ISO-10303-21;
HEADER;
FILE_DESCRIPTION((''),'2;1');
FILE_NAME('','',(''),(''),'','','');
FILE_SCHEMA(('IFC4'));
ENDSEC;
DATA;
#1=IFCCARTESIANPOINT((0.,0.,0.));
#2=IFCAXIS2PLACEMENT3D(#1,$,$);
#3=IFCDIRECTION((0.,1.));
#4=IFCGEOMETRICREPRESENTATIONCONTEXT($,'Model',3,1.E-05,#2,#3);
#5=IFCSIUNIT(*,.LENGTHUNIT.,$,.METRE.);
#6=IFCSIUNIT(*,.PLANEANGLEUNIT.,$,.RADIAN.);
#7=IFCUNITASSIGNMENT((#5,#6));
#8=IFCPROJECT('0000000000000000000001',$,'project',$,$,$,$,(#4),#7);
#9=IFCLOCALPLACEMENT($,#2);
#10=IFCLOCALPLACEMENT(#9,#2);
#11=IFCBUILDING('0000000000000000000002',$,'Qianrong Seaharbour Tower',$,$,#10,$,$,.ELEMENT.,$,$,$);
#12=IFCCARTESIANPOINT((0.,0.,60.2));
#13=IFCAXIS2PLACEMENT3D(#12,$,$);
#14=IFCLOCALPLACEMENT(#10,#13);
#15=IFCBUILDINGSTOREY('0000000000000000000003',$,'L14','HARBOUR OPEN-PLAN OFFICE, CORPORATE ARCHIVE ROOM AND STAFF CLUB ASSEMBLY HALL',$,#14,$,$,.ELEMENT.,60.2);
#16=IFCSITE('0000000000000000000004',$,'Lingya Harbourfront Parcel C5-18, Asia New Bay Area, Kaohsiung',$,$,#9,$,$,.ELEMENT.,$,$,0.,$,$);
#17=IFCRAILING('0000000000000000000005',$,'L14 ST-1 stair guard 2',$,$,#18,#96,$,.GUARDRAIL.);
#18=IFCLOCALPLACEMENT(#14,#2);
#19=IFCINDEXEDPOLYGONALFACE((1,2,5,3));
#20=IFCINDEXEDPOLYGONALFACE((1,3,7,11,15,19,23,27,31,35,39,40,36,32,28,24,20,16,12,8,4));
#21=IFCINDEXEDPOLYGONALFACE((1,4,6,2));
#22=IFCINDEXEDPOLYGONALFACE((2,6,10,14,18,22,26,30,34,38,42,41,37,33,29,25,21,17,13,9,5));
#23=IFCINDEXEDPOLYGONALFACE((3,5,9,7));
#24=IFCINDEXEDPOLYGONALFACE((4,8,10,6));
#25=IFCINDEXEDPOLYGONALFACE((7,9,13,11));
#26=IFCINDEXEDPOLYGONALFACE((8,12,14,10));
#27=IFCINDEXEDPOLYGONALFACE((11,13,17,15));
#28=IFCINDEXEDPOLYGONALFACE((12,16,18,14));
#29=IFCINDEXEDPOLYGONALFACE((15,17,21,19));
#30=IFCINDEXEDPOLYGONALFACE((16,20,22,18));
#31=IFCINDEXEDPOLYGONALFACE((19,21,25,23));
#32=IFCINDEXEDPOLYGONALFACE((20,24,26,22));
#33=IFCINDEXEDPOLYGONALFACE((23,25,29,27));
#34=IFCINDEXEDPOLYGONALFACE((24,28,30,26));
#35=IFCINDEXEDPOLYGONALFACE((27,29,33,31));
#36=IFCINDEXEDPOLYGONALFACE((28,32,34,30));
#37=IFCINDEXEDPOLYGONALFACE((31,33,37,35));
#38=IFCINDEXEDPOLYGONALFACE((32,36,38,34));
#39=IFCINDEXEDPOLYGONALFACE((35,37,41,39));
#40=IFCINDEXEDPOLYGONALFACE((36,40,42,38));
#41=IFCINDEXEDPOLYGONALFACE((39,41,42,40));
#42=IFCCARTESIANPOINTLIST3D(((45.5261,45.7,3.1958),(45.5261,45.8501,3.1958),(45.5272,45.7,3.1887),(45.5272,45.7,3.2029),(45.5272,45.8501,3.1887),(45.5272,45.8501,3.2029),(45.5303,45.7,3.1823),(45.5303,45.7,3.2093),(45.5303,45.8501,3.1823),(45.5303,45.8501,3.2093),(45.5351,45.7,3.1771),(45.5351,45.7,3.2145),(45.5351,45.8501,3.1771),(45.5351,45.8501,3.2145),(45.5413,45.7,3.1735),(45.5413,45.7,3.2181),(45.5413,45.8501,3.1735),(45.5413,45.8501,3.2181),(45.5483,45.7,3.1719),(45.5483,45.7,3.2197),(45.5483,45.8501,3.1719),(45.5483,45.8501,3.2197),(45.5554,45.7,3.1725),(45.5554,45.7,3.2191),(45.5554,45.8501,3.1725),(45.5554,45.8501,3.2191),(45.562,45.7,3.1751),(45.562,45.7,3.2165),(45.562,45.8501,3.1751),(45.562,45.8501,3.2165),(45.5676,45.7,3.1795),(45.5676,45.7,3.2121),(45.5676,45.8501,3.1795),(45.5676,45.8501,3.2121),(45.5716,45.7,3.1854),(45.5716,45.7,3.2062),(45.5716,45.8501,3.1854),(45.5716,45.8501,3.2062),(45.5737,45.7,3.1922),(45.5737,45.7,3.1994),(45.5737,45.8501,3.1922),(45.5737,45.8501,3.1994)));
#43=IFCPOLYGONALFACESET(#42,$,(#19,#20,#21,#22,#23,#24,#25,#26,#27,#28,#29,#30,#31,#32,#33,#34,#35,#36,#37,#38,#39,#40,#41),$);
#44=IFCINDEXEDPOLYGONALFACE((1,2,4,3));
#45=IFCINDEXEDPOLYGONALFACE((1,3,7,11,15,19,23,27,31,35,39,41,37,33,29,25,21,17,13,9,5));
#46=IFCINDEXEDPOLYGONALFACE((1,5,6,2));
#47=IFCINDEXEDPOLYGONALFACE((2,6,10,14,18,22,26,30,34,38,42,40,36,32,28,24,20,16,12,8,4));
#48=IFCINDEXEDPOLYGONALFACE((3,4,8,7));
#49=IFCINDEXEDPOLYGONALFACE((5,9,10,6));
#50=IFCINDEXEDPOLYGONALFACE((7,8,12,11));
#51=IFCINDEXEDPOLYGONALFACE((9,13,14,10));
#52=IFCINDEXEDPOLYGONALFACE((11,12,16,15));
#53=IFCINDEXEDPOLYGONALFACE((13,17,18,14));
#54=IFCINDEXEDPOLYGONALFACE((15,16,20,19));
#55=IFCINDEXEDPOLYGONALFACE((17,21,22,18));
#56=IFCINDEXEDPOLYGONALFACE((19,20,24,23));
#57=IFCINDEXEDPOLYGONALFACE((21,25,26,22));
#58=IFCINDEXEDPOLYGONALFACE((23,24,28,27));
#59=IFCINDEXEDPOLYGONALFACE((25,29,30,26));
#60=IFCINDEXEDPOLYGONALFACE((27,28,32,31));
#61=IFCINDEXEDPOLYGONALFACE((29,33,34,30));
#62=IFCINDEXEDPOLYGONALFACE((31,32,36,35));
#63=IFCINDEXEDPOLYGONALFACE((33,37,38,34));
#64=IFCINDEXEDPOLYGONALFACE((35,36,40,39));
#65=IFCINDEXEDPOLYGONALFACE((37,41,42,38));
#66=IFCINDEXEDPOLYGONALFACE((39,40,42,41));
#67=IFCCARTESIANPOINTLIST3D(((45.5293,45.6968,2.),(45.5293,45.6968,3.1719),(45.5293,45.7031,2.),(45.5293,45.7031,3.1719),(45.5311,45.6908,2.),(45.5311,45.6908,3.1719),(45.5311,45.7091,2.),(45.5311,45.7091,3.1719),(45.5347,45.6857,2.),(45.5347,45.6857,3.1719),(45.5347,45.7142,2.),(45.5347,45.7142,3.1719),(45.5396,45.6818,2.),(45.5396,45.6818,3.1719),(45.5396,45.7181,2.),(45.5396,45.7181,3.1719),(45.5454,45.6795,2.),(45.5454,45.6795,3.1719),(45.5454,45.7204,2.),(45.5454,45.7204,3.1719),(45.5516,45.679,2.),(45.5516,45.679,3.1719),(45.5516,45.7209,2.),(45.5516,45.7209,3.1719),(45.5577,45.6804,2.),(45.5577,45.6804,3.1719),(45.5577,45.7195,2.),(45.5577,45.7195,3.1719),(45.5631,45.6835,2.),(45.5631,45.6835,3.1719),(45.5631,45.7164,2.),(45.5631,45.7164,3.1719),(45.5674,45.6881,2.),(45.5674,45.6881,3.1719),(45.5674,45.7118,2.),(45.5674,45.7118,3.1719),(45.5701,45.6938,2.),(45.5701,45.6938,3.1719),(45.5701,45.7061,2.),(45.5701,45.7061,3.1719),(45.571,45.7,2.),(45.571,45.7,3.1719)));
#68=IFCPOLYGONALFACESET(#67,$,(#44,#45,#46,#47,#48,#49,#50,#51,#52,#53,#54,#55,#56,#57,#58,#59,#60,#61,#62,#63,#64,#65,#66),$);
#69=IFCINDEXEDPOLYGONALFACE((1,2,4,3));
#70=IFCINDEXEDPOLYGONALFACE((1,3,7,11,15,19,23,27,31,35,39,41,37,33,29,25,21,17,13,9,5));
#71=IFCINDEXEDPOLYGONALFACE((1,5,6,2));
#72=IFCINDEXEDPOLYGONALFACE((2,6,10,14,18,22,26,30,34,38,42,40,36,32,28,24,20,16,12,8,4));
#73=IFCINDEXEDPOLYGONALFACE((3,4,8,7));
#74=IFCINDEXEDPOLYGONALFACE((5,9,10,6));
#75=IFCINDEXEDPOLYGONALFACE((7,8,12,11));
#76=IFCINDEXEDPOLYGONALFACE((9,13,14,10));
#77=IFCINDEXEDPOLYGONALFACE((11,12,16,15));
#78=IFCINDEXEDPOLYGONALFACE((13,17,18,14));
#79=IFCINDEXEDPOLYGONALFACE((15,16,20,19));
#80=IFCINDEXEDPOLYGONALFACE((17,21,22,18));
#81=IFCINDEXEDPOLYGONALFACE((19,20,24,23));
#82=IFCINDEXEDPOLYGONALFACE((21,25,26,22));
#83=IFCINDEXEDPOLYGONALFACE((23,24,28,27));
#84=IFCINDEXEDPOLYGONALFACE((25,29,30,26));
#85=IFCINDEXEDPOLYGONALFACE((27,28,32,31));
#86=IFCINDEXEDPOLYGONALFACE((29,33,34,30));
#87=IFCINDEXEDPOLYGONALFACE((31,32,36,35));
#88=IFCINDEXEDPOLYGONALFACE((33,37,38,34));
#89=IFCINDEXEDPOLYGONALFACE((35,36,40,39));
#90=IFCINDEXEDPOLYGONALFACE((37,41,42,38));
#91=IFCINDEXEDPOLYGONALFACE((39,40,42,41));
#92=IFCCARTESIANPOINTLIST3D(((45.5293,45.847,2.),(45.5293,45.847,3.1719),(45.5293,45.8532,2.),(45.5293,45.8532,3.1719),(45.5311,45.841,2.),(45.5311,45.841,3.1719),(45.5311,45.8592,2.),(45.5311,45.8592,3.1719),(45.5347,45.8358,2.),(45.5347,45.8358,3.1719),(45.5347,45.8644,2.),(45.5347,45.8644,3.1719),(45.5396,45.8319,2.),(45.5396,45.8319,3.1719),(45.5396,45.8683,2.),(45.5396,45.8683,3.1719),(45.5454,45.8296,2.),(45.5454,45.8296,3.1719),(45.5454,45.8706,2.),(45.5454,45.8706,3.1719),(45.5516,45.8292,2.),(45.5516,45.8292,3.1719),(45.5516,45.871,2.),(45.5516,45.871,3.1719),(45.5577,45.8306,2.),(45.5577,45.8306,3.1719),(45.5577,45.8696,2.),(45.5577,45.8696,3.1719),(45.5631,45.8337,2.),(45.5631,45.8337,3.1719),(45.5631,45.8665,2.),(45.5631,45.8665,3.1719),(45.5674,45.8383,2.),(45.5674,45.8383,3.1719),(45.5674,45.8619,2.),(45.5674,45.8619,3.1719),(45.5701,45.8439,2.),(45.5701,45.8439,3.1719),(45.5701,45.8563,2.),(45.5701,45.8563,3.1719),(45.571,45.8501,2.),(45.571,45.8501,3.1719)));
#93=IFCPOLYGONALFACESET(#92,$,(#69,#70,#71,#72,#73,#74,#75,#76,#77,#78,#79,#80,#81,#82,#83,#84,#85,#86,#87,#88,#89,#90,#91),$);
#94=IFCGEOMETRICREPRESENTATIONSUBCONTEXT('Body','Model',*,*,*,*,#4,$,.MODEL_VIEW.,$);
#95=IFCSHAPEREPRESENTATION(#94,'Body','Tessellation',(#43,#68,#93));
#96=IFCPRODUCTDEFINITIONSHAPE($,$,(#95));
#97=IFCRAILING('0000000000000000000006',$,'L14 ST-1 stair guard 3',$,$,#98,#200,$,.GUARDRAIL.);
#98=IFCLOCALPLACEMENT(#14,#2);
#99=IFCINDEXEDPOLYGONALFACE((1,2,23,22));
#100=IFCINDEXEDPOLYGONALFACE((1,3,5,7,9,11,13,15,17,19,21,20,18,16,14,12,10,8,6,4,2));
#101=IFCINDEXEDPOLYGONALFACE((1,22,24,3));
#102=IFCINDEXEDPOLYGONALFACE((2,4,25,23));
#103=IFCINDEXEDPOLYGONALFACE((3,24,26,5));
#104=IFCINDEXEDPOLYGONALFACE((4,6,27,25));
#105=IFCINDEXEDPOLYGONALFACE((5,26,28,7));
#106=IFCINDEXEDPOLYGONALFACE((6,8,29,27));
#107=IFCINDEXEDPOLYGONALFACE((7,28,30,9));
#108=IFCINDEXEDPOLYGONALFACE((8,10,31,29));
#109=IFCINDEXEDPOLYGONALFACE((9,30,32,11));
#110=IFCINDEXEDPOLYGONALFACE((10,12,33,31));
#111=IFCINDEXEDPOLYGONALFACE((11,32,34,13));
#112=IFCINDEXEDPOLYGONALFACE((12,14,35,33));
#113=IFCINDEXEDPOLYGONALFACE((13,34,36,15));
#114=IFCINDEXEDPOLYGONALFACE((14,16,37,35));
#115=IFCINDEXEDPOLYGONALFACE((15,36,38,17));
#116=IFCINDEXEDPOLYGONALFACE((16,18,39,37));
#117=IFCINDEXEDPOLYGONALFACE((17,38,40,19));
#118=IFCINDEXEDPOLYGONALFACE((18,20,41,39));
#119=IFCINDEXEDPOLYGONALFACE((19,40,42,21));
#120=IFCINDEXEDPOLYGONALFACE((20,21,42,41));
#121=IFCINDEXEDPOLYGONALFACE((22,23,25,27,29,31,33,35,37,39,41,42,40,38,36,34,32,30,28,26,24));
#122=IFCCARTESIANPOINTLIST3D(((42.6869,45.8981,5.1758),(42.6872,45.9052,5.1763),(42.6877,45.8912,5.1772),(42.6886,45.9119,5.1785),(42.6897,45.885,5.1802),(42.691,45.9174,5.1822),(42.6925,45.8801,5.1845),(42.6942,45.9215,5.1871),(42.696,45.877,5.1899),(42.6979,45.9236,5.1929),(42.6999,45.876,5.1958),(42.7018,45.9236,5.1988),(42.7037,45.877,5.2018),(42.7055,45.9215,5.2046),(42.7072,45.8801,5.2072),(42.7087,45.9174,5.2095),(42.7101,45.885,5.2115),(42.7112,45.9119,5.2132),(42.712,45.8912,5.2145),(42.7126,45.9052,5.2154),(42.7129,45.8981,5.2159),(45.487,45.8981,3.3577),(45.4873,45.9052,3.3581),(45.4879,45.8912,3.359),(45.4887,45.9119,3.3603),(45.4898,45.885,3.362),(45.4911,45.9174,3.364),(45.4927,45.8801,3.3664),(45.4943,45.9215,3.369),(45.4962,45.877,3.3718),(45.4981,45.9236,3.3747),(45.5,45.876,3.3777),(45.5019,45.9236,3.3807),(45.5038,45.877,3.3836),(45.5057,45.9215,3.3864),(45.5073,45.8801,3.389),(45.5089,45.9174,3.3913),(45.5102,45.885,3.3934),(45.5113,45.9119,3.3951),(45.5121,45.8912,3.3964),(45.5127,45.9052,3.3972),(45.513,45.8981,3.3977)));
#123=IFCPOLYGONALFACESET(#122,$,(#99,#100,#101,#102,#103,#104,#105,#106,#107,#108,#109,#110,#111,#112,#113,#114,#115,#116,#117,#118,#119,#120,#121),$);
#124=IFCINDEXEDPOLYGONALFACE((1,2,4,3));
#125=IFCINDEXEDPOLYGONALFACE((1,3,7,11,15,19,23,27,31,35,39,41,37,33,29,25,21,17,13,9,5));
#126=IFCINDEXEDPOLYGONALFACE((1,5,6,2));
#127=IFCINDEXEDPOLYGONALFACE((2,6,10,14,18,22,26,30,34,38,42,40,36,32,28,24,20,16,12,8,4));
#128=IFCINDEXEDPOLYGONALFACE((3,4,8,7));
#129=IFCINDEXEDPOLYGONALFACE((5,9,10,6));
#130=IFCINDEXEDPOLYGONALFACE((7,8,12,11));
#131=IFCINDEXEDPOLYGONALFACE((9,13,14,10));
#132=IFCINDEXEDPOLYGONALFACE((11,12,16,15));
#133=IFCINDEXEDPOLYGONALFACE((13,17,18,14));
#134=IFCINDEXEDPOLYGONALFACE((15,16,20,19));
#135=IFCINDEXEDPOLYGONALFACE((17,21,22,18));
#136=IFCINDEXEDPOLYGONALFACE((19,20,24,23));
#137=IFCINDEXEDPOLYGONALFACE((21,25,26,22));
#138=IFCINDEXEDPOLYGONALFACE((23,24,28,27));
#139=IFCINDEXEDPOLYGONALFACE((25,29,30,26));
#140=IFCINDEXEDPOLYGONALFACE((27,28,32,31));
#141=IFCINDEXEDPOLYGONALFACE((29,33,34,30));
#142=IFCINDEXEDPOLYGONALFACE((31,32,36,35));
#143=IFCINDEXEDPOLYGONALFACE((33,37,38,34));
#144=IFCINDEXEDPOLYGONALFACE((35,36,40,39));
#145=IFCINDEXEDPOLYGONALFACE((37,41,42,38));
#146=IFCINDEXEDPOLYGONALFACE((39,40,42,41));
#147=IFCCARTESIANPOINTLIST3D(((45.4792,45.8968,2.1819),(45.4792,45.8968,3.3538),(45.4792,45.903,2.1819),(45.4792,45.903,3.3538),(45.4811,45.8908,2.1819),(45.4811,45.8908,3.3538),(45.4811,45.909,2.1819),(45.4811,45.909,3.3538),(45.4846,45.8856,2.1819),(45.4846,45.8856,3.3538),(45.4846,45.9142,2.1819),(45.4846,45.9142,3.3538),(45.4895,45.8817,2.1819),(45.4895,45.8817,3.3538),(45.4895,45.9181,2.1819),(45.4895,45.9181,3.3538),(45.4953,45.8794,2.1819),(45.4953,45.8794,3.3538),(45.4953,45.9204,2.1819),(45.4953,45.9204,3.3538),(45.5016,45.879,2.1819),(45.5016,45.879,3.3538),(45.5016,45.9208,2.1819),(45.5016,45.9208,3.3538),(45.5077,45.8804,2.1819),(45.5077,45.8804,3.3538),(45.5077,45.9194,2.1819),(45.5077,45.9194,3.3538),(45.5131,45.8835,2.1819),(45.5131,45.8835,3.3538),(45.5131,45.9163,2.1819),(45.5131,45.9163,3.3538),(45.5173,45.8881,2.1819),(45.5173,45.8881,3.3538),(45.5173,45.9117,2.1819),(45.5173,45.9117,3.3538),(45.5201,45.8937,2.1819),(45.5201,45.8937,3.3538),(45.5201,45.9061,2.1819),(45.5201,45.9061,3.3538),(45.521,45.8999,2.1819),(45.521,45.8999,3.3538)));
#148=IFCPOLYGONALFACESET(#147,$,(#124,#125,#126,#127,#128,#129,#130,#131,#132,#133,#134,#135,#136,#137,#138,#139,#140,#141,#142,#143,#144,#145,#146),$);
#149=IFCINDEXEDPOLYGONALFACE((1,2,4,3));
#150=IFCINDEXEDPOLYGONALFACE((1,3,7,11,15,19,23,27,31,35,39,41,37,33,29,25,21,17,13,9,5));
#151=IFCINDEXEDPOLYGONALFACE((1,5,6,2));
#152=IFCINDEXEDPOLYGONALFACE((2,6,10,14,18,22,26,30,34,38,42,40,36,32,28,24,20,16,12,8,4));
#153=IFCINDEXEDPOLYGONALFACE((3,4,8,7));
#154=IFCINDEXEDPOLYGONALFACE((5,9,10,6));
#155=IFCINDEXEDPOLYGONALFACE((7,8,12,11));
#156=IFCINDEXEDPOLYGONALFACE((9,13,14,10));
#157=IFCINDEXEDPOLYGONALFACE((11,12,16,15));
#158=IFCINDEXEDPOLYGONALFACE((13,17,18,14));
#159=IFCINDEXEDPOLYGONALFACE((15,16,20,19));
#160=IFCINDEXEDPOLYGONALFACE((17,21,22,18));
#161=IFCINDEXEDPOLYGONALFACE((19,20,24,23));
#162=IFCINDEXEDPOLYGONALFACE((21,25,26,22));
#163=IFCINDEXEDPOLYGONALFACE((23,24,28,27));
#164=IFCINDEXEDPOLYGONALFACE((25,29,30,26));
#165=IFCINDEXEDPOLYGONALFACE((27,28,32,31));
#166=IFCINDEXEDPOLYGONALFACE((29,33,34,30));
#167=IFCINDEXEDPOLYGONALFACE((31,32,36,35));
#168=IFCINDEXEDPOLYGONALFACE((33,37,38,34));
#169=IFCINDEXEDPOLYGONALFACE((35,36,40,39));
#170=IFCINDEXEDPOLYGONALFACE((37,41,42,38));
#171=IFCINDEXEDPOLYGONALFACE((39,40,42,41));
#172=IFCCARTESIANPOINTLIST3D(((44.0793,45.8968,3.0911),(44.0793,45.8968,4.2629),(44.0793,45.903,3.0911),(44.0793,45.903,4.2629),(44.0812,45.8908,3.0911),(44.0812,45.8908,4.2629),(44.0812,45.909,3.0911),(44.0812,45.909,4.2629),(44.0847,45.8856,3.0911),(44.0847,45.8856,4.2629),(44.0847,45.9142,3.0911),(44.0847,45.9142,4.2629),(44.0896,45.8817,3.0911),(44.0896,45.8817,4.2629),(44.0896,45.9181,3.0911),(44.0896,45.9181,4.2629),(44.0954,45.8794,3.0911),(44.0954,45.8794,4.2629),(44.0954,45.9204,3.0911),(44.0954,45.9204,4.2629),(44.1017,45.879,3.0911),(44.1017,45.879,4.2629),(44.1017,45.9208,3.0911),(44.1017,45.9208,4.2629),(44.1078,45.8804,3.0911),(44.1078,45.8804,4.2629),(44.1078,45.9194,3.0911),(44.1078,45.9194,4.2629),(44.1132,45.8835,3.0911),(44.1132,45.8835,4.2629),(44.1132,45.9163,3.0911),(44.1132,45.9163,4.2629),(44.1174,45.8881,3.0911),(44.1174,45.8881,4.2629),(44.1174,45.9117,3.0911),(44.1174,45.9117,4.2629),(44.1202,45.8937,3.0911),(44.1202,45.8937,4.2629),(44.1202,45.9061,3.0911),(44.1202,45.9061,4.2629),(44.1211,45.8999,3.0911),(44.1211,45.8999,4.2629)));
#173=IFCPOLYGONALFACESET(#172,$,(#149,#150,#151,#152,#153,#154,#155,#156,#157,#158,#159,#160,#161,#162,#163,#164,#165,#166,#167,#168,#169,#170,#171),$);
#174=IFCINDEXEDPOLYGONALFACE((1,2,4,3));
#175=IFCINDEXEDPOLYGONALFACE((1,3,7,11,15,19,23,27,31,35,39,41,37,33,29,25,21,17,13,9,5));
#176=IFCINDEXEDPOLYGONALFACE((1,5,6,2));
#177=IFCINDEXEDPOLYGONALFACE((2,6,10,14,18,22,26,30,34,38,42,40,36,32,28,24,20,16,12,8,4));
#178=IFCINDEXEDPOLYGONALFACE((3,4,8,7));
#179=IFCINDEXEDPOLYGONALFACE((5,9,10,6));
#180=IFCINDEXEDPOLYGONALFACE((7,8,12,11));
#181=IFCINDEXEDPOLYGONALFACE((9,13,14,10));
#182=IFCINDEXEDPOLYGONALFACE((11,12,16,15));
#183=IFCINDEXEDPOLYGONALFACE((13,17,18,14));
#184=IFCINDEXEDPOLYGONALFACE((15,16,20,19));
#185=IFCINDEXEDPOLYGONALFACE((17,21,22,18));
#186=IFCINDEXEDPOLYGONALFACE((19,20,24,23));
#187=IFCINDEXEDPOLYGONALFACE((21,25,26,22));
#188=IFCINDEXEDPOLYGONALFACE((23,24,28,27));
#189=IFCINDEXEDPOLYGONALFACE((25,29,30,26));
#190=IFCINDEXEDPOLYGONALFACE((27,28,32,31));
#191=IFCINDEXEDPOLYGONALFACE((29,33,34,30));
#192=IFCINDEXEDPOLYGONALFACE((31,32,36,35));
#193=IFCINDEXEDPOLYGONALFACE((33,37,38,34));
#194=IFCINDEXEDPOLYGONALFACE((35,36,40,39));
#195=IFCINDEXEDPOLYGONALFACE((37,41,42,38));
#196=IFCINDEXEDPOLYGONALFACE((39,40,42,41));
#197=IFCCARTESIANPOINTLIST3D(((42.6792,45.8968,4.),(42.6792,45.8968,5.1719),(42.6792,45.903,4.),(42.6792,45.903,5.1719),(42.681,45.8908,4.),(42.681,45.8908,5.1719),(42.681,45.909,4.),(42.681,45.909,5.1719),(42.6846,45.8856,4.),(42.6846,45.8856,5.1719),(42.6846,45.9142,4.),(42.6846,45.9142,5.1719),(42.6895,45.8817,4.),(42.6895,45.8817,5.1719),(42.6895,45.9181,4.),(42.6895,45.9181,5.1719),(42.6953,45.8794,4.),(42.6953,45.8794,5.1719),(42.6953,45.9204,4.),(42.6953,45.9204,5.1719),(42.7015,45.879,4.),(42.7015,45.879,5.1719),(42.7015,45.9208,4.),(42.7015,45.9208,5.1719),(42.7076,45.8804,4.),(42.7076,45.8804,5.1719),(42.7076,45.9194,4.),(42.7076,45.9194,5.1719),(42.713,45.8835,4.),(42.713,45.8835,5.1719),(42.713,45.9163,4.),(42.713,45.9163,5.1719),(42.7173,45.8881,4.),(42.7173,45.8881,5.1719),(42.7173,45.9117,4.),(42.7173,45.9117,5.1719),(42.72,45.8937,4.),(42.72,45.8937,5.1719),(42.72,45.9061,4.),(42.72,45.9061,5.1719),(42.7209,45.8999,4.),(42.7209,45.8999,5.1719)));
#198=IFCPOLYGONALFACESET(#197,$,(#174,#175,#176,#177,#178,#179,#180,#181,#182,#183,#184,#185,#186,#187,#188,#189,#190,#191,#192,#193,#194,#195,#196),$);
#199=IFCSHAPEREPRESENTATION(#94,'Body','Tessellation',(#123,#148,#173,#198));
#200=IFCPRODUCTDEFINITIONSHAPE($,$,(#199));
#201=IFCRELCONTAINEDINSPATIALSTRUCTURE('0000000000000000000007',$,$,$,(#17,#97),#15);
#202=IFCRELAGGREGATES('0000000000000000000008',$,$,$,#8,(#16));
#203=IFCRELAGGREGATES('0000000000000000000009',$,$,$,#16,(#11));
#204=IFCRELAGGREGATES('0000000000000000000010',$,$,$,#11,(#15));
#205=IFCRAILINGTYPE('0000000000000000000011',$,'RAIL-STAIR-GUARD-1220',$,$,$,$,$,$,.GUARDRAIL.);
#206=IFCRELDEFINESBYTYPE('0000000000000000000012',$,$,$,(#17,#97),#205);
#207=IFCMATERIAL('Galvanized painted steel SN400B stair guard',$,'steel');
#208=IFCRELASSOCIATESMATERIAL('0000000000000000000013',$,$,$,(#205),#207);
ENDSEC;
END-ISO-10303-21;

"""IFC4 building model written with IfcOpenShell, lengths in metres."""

from ifc_helpers import new_model, si_unit, direction, frame, origin, origin_2d, place, context, subcontext, project, spatial, circle, extrude, material, type_object, element, save


model = new_model("IFC4")

# Units and contexts
model_context = context("Model", 3, precision=1e-05, world=origin(), true_north=direction((0.0, 1.0)))
body_context = subcontext(model_context, "Body", "Model", "MODEL_VIEW")
ifc_project = project(units=[si_unit("LENGTHUNIT", "METRE"), si_unit("PLANEANGLEUNIT", "RADIAN")], contexts=[model_context])

# Site, building, storey
site_placement = place(None, origin())
site = spatial("IfcSite", under=ifc_project, at=site_placement, Name="Lingya Harbourfront Parcel C5-18, Asia New Bay Area, Kaohsiung", CompositionType="ELEMENT", RefElevation=0.0)
building_placement = place(site_placement, origin())
building = spatial("IfcBuilding", under=site, at=building_placement, Name="Qianrong Seaharbour Tower", CompositionType="ELEMENT")
storey_placement = place(building_placement, frame((0.0, 0.0, 60.2)))
storey = spatial("IfcBuildingStorey", under=building, at=storey_placement, Name="L14", Description="HARBOUR OPEN-PLAN OFFICE, CORPORATE ARCHIVE ROOM AND STAFF CLUB ASSEMBLY HALL", CompositionType="ELEMENT", Elevation=60.2)

# Railings
ifc_material_1 = material(Name="Galvanized painted steel SN400B stair guard", Category="steel")
railing_type_1 = type_object("IfcRailingType", Name="RAIL-STAIR-GUARD-1220", PredefinedType="GUARDRAIL", material=ifc_material_1)
railing_1_placement = place(storey_placement, frame((45.55, 45.7, 2.0)))
element("IfcRailing", 1, at=railing_1_placement, inside=storey, type_object=railing_type_1, Name="L14 ST-1 stair guard 2", PredefinedType="GUARDRAIL", context=body_context, shape_type="SweptSolid", body=[
    extrude(circle(Radius=0.0239, at=origin_2d()), frame((0.0, 0.0, 1.1958), z_axis=(0.0, 1.0, 0.0), x_axis=(-1.0, 0.0, 0.0)), (0.0, 0.0, 1.0), 0.1501),
    extrude(circle(Radius=0.021, at=origin_2d()), origin(), (0.0, 0.0, 1.0), 1.1719),
    extrude(circle(Radius=0.021, at=origin_2d()), frame((0.0, 0.1501, 0.0)), (0.0, 0.0, 1.0), 1.1719),
])
railing_2_placement = place(storey_placement, frame((45.5, 45.8999, 2.1819)))
element("IfcRailing", 2, at=railing_2_placement, inside=storey, type_object=railing_type_1, Name="L14 ST-1 stair guard 3", PredefinedType="GUARDRAIL", context=body_context, shape_type="SweptSolid", body=[
    extrude(circle(Radius=0.0239, at=origin_2d()), frame((0.0, 0.0, 1.1958), z_axis=(-0.838706, 0.0, 0.544585), x_axis=(0.0, -1.0, 0.0)), (0.0, 0.0, 1.0), 3.3386),
    extrude(circle(Radius=0.021, at=origin_2d()), origin(), (0.0, 0.0, 1.0), 1.1719),
    extrude(circle(Radius=0.021, at=origin_2d()), frame((-1.3999, 0.0, 0.9092)), (0.0, 0.0, 1.0), 1.1719),
    extrude(circle(Radius=0.021, at=origin_2d()), frame((-2.8, 0.0, 1.8181)), (0.0, 0.0, 1.0), 1.1719),
])

save(model, "model.ifc")
